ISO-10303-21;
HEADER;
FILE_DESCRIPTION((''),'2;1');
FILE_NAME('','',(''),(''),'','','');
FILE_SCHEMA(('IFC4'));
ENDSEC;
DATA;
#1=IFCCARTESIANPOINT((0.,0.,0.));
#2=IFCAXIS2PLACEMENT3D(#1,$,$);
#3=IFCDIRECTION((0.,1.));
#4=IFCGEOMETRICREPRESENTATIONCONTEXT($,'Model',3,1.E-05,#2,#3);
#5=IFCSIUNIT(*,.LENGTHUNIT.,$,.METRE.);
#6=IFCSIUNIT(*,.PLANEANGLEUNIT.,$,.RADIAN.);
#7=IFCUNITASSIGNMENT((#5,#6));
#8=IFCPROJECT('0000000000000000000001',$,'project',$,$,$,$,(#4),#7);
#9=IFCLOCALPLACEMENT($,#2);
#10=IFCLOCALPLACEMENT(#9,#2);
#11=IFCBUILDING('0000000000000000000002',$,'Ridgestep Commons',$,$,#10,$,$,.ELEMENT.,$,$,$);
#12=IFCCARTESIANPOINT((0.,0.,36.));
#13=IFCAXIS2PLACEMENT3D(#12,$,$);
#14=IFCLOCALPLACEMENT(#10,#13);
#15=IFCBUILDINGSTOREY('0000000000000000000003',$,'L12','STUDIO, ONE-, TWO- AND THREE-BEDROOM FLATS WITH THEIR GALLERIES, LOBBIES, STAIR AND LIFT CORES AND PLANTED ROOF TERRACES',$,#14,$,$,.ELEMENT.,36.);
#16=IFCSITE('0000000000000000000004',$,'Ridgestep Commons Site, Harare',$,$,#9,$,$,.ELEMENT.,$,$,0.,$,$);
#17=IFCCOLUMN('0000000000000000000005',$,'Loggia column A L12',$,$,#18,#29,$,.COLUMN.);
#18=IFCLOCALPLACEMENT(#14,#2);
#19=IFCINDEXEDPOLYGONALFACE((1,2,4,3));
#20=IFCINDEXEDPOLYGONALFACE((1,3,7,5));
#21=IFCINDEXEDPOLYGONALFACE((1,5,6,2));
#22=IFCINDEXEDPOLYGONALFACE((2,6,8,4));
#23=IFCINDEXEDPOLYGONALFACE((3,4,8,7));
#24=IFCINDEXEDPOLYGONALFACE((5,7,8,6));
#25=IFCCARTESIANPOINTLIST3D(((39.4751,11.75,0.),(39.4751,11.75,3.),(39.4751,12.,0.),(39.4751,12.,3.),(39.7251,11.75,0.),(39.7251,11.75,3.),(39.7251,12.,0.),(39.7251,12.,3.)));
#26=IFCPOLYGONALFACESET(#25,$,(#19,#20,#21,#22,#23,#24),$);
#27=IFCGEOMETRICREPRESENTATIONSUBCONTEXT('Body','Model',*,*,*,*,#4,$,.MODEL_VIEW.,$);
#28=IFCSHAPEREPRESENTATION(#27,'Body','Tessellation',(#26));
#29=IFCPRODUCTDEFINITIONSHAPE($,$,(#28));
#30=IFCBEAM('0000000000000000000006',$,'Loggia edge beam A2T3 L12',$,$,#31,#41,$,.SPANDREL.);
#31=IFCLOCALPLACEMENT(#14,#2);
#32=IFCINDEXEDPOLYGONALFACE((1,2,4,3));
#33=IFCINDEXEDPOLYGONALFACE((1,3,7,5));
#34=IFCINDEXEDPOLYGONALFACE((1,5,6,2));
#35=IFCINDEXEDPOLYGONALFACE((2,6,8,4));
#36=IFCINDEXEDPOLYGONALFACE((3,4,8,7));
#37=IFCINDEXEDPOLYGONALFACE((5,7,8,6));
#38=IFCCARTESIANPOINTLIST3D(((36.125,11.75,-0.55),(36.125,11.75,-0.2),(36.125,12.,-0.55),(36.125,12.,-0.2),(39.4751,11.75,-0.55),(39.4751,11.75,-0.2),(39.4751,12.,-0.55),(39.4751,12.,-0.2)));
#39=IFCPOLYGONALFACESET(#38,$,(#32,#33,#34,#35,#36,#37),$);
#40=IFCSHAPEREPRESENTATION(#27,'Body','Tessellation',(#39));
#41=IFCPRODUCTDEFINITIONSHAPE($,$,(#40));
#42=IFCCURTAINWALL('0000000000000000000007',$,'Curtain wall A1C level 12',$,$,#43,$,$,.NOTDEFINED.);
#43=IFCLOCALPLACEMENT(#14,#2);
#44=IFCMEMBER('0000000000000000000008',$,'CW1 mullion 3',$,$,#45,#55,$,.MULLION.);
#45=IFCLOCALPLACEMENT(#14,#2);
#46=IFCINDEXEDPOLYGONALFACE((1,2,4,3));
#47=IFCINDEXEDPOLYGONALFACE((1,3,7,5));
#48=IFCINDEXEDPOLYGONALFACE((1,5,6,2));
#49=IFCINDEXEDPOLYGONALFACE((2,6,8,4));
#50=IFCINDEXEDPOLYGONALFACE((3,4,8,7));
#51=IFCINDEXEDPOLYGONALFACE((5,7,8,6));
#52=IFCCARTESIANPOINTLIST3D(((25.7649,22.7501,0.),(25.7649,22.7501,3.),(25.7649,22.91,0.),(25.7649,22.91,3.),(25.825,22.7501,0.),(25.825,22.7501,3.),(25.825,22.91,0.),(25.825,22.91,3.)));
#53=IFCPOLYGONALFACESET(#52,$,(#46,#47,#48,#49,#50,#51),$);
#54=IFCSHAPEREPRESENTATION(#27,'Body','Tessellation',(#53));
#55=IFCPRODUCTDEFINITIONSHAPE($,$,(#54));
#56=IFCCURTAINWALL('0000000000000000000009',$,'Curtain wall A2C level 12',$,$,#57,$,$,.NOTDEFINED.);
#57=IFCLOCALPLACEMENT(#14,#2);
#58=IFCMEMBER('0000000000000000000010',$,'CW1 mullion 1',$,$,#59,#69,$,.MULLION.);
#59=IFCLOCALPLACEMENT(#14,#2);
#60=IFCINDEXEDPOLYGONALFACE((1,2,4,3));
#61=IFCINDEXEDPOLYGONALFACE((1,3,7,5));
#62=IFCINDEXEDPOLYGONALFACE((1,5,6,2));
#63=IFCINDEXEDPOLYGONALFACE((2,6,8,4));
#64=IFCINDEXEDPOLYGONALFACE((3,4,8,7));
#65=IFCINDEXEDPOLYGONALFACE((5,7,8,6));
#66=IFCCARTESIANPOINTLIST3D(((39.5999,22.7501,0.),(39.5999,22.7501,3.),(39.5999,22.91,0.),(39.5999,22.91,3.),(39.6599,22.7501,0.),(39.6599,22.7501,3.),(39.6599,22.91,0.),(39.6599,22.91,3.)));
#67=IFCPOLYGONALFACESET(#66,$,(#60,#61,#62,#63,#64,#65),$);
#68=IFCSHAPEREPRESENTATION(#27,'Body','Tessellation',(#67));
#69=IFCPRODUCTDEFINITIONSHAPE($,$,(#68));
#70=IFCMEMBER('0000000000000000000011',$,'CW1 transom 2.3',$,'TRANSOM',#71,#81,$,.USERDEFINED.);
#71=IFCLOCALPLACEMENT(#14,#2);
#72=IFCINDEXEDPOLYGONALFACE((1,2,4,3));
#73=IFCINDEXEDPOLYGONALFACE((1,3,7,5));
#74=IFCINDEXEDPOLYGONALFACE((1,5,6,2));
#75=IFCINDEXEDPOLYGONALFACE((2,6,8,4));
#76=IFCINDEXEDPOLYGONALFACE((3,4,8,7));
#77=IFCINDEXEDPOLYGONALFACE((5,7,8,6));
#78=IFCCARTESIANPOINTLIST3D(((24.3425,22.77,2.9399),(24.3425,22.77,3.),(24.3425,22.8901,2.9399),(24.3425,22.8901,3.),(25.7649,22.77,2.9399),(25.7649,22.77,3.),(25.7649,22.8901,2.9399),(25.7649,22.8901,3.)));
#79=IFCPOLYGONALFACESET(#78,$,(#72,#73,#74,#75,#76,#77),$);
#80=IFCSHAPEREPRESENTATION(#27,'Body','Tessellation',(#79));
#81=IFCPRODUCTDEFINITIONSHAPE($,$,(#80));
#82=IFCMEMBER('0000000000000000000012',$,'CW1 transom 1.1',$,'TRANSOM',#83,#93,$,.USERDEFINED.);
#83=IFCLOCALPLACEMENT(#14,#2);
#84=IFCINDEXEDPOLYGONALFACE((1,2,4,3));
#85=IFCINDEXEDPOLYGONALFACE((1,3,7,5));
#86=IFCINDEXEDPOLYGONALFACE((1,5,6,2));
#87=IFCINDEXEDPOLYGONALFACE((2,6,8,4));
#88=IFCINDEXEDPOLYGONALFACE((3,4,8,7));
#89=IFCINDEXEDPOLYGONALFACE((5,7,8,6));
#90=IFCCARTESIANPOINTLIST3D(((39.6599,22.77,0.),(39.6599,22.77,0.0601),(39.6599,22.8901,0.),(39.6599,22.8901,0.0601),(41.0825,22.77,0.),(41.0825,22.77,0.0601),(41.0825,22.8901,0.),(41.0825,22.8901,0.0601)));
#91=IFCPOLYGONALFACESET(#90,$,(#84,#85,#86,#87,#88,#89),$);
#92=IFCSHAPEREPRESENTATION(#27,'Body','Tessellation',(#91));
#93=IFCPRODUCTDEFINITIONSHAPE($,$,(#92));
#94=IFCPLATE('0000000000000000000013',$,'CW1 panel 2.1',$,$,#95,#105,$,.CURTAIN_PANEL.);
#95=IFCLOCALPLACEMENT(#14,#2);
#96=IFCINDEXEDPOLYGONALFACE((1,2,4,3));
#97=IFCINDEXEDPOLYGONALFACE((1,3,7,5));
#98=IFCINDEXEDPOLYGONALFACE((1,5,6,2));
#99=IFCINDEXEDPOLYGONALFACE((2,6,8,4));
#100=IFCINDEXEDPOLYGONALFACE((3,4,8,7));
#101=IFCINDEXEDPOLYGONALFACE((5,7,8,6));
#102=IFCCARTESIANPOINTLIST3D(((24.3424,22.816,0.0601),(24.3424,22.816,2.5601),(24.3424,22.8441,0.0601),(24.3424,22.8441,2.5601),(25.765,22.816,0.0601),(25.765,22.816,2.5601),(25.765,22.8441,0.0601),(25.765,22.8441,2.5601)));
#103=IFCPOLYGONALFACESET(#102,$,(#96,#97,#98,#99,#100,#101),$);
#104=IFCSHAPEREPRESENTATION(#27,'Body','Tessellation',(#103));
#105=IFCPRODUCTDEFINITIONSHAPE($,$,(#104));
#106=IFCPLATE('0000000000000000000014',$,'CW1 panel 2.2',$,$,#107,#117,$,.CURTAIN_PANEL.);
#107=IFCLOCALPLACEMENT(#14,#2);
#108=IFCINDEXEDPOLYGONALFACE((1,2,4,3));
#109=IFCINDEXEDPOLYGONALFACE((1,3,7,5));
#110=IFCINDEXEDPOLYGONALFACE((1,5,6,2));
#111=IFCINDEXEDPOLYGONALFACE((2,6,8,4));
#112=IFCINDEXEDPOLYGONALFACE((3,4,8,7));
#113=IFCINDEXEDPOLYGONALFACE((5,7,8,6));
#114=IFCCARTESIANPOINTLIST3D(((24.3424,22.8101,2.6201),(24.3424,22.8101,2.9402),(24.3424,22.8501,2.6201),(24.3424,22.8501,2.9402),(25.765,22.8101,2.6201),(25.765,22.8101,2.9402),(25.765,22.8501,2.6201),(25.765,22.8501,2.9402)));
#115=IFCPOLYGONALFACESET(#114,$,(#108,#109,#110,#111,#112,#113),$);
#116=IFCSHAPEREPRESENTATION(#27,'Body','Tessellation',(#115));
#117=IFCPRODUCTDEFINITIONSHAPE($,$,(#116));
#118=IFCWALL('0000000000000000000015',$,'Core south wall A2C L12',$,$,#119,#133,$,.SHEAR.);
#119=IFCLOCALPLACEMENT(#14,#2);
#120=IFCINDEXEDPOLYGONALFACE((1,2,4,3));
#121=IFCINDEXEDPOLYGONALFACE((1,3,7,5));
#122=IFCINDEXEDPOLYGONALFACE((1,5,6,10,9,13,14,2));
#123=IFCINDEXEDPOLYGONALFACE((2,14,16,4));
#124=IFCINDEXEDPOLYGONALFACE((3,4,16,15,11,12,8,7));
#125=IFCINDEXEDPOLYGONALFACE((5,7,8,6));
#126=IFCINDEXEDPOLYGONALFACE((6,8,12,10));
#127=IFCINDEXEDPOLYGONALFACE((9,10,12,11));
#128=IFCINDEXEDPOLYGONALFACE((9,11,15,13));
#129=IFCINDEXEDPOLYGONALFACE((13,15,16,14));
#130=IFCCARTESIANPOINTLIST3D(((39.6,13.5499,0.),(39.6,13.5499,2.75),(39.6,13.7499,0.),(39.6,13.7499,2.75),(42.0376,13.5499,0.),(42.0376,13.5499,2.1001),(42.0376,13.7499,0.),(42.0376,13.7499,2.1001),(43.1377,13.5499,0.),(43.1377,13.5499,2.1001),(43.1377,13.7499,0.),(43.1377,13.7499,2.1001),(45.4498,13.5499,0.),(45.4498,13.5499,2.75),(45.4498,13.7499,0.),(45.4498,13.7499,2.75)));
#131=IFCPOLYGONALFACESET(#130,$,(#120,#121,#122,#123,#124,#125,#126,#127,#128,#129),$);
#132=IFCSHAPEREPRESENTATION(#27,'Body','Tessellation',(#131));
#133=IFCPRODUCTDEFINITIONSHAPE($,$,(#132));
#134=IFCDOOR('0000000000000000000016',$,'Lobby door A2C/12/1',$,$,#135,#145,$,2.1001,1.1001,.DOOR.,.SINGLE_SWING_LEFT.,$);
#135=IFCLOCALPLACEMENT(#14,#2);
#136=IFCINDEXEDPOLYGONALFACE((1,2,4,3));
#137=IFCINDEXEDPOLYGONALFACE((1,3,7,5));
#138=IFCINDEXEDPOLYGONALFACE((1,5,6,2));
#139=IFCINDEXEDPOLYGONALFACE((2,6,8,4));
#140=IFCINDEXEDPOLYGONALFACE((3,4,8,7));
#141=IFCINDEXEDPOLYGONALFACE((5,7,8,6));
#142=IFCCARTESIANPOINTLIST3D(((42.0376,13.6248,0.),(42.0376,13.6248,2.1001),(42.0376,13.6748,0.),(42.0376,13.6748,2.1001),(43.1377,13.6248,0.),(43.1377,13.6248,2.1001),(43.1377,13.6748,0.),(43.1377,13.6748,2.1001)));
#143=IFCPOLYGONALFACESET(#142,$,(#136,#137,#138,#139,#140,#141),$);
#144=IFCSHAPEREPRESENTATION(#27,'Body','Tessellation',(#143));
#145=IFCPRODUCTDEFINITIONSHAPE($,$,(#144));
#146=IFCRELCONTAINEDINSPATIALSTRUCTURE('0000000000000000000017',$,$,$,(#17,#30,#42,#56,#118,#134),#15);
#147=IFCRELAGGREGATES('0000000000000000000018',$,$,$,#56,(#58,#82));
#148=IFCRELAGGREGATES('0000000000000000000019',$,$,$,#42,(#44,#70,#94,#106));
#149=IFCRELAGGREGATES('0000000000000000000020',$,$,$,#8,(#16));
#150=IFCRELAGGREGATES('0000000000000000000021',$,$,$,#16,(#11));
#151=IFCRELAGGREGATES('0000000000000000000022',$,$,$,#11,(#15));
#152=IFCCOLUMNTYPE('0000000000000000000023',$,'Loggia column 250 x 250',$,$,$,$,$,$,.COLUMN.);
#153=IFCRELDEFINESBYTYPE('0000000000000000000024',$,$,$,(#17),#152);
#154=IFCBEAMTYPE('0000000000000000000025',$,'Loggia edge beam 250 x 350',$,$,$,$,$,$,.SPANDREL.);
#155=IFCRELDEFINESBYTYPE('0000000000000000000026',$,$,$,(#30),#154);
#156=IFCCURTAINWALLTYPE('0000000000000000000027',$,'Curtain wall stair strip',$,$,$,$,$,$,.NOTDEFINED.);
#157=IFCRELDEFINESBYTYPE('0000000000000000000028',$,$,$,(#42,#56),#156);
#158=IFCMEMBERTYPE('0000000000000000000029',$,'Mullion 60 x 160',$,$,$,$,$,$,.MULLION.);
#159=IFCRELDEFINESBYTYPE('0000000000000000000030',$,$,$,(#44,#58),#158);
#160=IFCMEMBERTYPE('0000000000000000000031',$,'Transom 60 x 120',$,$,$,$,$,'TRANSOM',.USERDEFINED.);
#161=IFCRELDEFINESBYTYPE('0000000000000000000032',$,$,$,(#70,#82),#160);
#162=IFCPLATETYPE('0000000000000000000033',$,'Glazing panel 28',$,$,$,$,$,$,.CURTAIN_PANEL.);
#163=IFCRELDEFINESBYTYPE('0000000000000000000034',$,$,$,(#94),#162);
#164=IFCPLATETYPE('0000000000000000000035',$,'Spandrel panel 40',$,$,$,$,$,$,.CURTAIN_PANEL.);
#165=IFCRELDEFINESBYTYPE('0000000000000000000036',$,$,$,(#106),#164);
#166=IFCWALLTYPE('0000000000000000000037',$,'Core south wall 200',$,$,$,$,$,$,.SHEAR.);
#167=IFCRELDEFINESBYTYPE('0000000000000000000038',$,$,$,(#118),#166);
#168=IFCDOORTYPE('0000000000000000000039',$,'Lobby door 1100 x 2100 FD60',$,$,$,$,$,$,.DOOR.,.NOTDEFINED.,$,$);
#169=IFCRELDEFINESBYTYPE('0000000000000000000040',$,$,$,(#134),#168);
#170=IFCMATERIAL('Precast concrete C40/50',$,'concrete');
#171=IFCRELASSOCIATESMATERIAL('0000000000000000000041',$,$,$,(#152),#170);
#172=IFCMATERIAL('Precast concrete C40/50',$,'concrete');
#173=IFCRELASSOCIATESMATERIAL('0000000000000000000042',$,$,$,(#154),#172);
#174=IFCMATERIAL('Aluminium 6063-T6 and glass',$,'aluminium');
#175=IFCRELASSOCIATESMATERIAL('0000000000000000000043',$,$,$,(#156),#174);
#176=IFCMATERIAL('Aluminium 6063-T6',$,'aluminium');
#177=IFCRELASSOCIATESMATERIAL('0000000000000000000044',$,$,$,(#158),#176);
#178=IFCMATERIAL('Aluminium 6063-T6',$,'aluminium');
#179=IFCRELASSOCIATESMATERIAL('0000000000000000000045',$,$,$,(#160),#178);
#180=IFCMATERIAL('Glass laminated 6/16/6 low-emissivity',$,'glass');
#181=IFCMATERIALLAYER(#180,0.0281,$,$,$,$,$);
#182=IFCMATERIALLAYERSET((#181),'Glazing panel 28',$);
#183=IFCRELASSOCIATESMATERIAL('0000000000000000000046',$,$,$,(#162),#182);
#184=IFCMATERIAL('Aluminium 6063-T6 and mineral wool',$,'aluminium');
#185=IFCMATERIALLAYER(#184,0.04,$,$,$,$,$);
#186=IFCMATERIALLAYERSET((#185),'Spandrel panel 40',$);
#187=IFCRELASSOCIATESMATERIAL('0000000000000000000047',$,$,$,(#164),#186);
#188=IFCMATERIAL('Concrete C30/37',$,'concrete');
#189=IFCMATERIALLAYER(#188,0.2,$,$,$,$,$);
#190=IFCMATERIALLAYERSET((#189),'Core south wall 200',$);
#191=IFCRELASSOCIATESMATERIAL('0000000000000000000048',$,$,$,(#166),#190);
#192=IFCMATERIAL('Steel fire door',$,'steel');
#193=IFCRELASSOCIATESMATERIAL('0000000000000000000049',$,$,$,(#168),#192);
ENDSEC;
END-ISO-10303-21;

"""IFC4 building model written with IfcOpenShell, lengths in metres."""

from ifc_helpers import new_model, si_unit, direction, frame, frame_2d, origin, origin_2d, place, context, subcontext, project, spatial, rectangle, extrude, material, layer, layer_set, material_profile, profile_set, type_object, element, fill, aggregate, save


model = new_model("IFC4")

# Units and contexts
model_context = context("Model", 3, precision=1e-05, world=origin(), true_north=direction((0.0, 1.0)))
body_context = subcontext(model_context, "Body", "Model", "MODEL_VIEW")
ifc_project = project(units=[si_unit("LENGTHUNIT", "METRE"), si_unit("PLANEANGLEUNIT", "RADIAN")], contexts=[model_context])

# Site, building, storey
site_placement = place(None, origin())
site = spatial("IfcSite", under=ifc_project, at=site_placement, Name="Ridgestep Commons Site, Harare", CompositionType="ELEMENT", RefElevation=0.0)
building_placement = place(site_placement, origin())
building = spatial("IfcBuilding", under=site, at=building_placement, Name="Ridgestep Commons", CompositionType="ELEMENT")
storey_placement = place(building_placement, frame((0.0, 0.0, 36.0)))
storey = spatial("IfcBuildingStorey", under=building, at=storey_placement, Name="L12", Description="STUDIO, ONE-, TWO- AND THREE-BEDROOM FLATS WITH THEIR GALLERIES, LOBBIES, STAIR AND LIFT CORES AND PLANTED ROOF TERRACES", CompositionType="ELEMENT", Elevation=36.0)

# Column
ifc_material_1 = material(Name="Precast concrete C40/50", Category="concrete")
ifc_material_profile_1 = material_profile(ifc_material_1, rectangle(XDim=0.25, YDim=0.25, at=origin_2d()), Name="PC 250x250")
ifc_profile_set_1 = profile_set([ifc_material_profile_1], Name="Precast concrete C40/50")
column_type = type_object("IfcColumnType", Name="Loggia column 250 x 250", PredefinedType="COLUMN", material=ifc_profile_set_1)
column_placement = place(storey_placement, frame((39.6001, 11.875, 0.0), z_axis=(0.0, 0.0, 1.0), x_axis=(1.0, 0.0, 0.0)))
element("IfcColumn", 1, at=column_placement, inside=storey, type_object=column_type, Name="Loggia column A L12", PredefinedType="COLUMN", context=body_context, shape_type="SweptSolid", body=[
    extrude(rectangle(XDim=0.25, YDim=0.25, at=origin_2d()), origin(), (0.0, 0.0, 1.0), 3.0),
])

# Beam
ifc_material_2 = material(Name="Precast concrete C40/50", Category="concrete")
ifc_material_profile_2 = material_profile(ifc_material_2, rectangle(XDim=0.25, YDim=0.3501, at=origin_2d()), Name="PC 250x350")
ifc_profile_set_2 = profile_set([ifc_material_profile_2], Name="Precast concrete C40/50")
beam_type = type_object("IfcBeamType", Name="Loggia edge beam 250 x 350", PredefinedType="SPANDREL", material=ifc_profile_set_2)
beam_placement = place(storey_placement, frame((36.125, 11.875, -0.375), z_axis=(1.0, 0.0, 0.0), x_axis=(0.0, 1.0, 0.0)))
element("IfcBeam", 2, at=beam_placement, inside=storey, type_object=beam_type, Name="Loggia edge beam A2T3 L12", PredefinedType="SPANDREL", context=body_context, shape_type="SweptSolid", body=[
    extrude(rectangle(XDim=0.25, YDim=0.3501, at=origin_2d()), origin(), (0.0, 0.0, 1.0), 3.3501),
])

# Curtain walls, members
ifc_material_3 = material(Name="Aluminium 6063-T6 and glass", Category="aluminium")
curtain_wall_type = type_object("IfcCurtainWallType", Name="Curtain wall stair strip", PredefinedType="NOTDEFINED", material=ifc_material_3)
curtain_wall_1_placement = place(storey_placement, origin())
curtain_wall_1 = element("IfcCurtainWall", 3, at=curtain_wall_1_placement, inside=storey, type_object=curtain_wall_type, Name="Curtain wall A1C level 12", PredefinedType="NOTDEFINED")
ifc_material_4 = material(Name="Aluminium 6063-T6", Category="aluminium")
ifc_material_profile_3 = material_profile(ifc_material_4, rectangle(XDim=0.1599, YDim=0.0601, at=origin_2d()), Name="Mullion 60 x 160")
ifc_profile_set_3 = profile_set([ifc_material_profile_3], Name="Aluminium 6063-T6")
member_type_1 = type_object("IfcMemberType", Name="Mullion 60 x 160", PredefinedType="MULLION", material=ifc_profile_set_3)
member_1_placement = place(storey_placement, frame((25.7949, 22.8301, 0.0), z_axis=(0.0, 0.0, 1.0), x_axis=(0.0, 1.0, 0.0)))
member_1 = element("IfcMember", 4, at=member_1_placement, type_object=member_type_1, Name="CW1 mullion 3", PredefinedType="MULLION", context=body_context, shape_type="SweptSolid", body=[
    extrude(rectangle(XDim=0.1599, YDim=0.0601, at=origin_2d()), origin(), (0.0, 0.0, 1.0), 3.0),
])
curtain_wall_2_placement = place(storey_placement, origin())
curtain_wall_2 = element("IfcCurtainWall", 5, at=curtain_wall_2_placement, inside=storey, type_object=curtain_wall_type, Name="Curtain wall A2C level 12", PredefinedType="NOTDEFINED")
member_2_placement = place(storey_placement, frame((39.6299, 22.8301, 0.0), z_axis=(0.0, 0.0, 1.0), x_axis=(0.0, 1.0, 0.0)))
member_2 = element("IfcMember", 6, at=member_2_placement, type_object=member_type_1, Name="CW1 mullion 1", PredefinedType="MULLION", context=body_context, shape_type="SweptSolid", body=[
    extrude(rectangle(XDim=0.1599, YDim=0.0601, at=origin_2d()), origin(), (0.0, 0.0, 1.0), 3.0),
])

# Members
ifc_material_5 = material(Name="Aluminium 6063-T6", Category="aluminium")
ifc_material_profile_4 = material_profile(ifc_material_5, rectangle(XDim=0.1201, YDim=0.0601, at=origin_2d()), Name="Transom 60 x 120")
ifc_profile_set_4 = profile_set([ifc_material_profile_4], Name="Aluminium 6063-T6")
member_type_2 = type_object("IfcMemberType", Name="Transom 60 x 120", ElementType="TRANSOM", PredefinedType="USERDEFINED", material=ifc_profile_set_4)
member_3_placement = place(storey_placement, frame((24.3425, 22.8301, 2.97), z_axis=(1.0, 0.0, 0.0), x_axis=(0.0, 1.0, 0.0)))
member_3 = element("IfcMember", 7, at=member_3_placement, type_object=member_type_2, Name="CW1 transom 2.3", ObjectType="TRANSOM", PredefinedType="USERDEFINED", context=body_context, shape_type="SweptSolid", body=[
    extrude(rectangle(XDim=0.1201, YDim=0.0601, at=origin_2d()), origin(), (0.0, 0.0, 1.0), 1.4224),
])
member_4_placement = place(storey_placement, frame((39.6599, 22.8301, 0.03), z_axis=(1.0, 0.0, 0.0), x_axis=(0.0, 1.0, 0.0)))
member_4 = element("IfcMember", 8, at=member_4_placement, type_object=member_type_2, Name="CW1 transom 1.1", ObjectType="TRANSOM", PredefinedType="USERDEFINED", context=body_context, shape_type="SweptSolid", body=[
    extrude(rectangle(XDim=0.1201, YDim=0.0601, at=origin_2d()), origin(), (0.0, 0.0, 1.0), 1.4226),
])
aggregate(curtain_wall_2, [member_2, member_4])

# Plates
ifc_material_6 = material(Name="Glass laminated 6/16/6 low-emissivity", Category="glass")
ifc_layer_1 = layer(ifc_material_6, 0.0281)
ifc_layer_set_1 = layer_set([ifc_layer_1], Name="Glazing panel 28")
plate_type_1 = type_object("IfcPlateType", Name="Glazing panel 28", PredefinedType="CURTAIN_PANEL", material=ifc_layer_set_1)
plate_1_placement = place(storey_placement, frame((25.0537, 22.8301, 0.0601), z_axis=(0.0, 0.0, 1.0), x_axis=(1.0, 0.0, 0.0)))
plate_1 = element("IfcPlate", 9, at=plate_1_placement, type_object=plate_type_1, Name="CW1 panel 2.1", PredefinedType="CURTAIN_PANEL", context=body_context, shape_type="SweptSolid", body=[
    extrude(rectangle(XDim=1.4226, YDim=0.0281, at=origin_2d()), origin(), (0.0, 0.0, 1.0), 2.5),
])
ifc_material_7 = material(Name="Aluminium 6063-T6 and mineral wool", Category="aluminium")
ifc_layer_2 = layer(ifc_material_7, 0.04)
ifc_layer_set_2 = layer_set([ifc_layer_2], Name="Spandrel panel 40")
plate_type_2 = type_object("IfcPlateType", Name="Spandrel panel 40", PredefinedType="CURTAIN_PANEL", material=ifc_layer_set_2)
plate_2_placement = place(storey_placement, frame((25.0537, 22.8301, 2.6201), z_axis=(0.0, 0.0, 1.0), x_axis=(1.0, 0.0, 0.0)))
plate_2 = element("IfcPlate", 10, at=plate_2_placement, type_object=plate_type_2, Name="CW1 panel 2.2", PredefinedType="CURTAIN_PANEL", context=body_context, shape_type="SweptSolid", body=[
    extrude(rectangle(XDim=1.4226, YDim=0.04, at=origin_2d()), origin(), (0.0, 0.0, 1.0), 0.3201),
])
aggregate(curtain_wall_1, [member_1, member_3, plate_1, plate_2])

# Wall, opening, door
ifc_material_8 = material(Name="Concrete C30/37", Category="concrete")
ifc_layer_3 = layer(ifc_material_8, 0.2)
ifc_layer_set_3 = layer_set([ifc_layer_3], Name="Core south wall 200")
wall_type_1 = type_object("IfcWallType", Name="Core south wall 200", PredefinedType="SHEAR", material=ifc_layer_set_3)
wall_1_placement = place(storey_placement, frame((39.6001, 13.6499, 0.0), z_axis=(0.0, 0.0, 1.0), x_axis=(1.0, 0.0, 0.0)))
wall_1 = element("IfcWall", 11, at=wall_1_placement, inside=storey, type_object=wall_type_1, Name="Core south wall A2C L12", PredefinedType="SHEAR", context=body_context, shape_type="SweptSolid", body=[
    extrude(rectangle(XDim=5.8499, YDim=0.2, at=frame_2d((2.9248, 0.0))), origin(), (0.0, 0.0, 1.0), 2.75),
])
opening_1_placement = place(wall_1_placement, frame((2.4375, 0.0, 0.0)))
opening_1 = element("IfcOpeningElement", 12, at=opening_1_placement, cuts=wall_1, PredefinedType="OPENING", context=body_context, shape_type="SweptSolid", body=[
    extrude(rectangle(XDim=1.1001, YDim=2.1001, at=frame_2d((0.55, 1.05))), frame((0.0, 0.1099, 0.0), z_axis=(0.0, -1.0, 0.0), x_axis=(1.0, 0.0, 0.0)), (0.0, 0.0, 1.0), 0.22),
])
ifc_material_9 = material(Name="Steel fire door", Category="steel")
door_type_1 = type_object("IfcDoorType", Name="Lobby door 1100 x 2100 FD60", OperationType="NOTDEFINED", PredefinedType="DOOR", material=ifc_material_9)
door_1_placement = place(opening_1_placement, origin())
door_1 = element("IfcDoor", 13, at=door_1_placement, inside=storey, type_object=door_type_1, Name="Lobby door A2C/12/1", OperationType="SINGLE_SWING_LEFT", OverallHeight=2.1001, OverallWidth=1.1001, PredefinedType="DOOR", context=body_context, shape_type="SweptSolid", body=[
    extrude(rectangle(XDim=1.1001, YDim=2.1001, at=frame_2d((0.55, 1.05))), frame((0.0, 0.0249, 0.0), z_axis=(0.0, -1.0, 0.0), x_axis=(1.0, 0.0, 0.0)), (0.0, 0.0, 1.0), 0.05),
])
fill(opening_1, door_1)

save(model, "model.ifc")
